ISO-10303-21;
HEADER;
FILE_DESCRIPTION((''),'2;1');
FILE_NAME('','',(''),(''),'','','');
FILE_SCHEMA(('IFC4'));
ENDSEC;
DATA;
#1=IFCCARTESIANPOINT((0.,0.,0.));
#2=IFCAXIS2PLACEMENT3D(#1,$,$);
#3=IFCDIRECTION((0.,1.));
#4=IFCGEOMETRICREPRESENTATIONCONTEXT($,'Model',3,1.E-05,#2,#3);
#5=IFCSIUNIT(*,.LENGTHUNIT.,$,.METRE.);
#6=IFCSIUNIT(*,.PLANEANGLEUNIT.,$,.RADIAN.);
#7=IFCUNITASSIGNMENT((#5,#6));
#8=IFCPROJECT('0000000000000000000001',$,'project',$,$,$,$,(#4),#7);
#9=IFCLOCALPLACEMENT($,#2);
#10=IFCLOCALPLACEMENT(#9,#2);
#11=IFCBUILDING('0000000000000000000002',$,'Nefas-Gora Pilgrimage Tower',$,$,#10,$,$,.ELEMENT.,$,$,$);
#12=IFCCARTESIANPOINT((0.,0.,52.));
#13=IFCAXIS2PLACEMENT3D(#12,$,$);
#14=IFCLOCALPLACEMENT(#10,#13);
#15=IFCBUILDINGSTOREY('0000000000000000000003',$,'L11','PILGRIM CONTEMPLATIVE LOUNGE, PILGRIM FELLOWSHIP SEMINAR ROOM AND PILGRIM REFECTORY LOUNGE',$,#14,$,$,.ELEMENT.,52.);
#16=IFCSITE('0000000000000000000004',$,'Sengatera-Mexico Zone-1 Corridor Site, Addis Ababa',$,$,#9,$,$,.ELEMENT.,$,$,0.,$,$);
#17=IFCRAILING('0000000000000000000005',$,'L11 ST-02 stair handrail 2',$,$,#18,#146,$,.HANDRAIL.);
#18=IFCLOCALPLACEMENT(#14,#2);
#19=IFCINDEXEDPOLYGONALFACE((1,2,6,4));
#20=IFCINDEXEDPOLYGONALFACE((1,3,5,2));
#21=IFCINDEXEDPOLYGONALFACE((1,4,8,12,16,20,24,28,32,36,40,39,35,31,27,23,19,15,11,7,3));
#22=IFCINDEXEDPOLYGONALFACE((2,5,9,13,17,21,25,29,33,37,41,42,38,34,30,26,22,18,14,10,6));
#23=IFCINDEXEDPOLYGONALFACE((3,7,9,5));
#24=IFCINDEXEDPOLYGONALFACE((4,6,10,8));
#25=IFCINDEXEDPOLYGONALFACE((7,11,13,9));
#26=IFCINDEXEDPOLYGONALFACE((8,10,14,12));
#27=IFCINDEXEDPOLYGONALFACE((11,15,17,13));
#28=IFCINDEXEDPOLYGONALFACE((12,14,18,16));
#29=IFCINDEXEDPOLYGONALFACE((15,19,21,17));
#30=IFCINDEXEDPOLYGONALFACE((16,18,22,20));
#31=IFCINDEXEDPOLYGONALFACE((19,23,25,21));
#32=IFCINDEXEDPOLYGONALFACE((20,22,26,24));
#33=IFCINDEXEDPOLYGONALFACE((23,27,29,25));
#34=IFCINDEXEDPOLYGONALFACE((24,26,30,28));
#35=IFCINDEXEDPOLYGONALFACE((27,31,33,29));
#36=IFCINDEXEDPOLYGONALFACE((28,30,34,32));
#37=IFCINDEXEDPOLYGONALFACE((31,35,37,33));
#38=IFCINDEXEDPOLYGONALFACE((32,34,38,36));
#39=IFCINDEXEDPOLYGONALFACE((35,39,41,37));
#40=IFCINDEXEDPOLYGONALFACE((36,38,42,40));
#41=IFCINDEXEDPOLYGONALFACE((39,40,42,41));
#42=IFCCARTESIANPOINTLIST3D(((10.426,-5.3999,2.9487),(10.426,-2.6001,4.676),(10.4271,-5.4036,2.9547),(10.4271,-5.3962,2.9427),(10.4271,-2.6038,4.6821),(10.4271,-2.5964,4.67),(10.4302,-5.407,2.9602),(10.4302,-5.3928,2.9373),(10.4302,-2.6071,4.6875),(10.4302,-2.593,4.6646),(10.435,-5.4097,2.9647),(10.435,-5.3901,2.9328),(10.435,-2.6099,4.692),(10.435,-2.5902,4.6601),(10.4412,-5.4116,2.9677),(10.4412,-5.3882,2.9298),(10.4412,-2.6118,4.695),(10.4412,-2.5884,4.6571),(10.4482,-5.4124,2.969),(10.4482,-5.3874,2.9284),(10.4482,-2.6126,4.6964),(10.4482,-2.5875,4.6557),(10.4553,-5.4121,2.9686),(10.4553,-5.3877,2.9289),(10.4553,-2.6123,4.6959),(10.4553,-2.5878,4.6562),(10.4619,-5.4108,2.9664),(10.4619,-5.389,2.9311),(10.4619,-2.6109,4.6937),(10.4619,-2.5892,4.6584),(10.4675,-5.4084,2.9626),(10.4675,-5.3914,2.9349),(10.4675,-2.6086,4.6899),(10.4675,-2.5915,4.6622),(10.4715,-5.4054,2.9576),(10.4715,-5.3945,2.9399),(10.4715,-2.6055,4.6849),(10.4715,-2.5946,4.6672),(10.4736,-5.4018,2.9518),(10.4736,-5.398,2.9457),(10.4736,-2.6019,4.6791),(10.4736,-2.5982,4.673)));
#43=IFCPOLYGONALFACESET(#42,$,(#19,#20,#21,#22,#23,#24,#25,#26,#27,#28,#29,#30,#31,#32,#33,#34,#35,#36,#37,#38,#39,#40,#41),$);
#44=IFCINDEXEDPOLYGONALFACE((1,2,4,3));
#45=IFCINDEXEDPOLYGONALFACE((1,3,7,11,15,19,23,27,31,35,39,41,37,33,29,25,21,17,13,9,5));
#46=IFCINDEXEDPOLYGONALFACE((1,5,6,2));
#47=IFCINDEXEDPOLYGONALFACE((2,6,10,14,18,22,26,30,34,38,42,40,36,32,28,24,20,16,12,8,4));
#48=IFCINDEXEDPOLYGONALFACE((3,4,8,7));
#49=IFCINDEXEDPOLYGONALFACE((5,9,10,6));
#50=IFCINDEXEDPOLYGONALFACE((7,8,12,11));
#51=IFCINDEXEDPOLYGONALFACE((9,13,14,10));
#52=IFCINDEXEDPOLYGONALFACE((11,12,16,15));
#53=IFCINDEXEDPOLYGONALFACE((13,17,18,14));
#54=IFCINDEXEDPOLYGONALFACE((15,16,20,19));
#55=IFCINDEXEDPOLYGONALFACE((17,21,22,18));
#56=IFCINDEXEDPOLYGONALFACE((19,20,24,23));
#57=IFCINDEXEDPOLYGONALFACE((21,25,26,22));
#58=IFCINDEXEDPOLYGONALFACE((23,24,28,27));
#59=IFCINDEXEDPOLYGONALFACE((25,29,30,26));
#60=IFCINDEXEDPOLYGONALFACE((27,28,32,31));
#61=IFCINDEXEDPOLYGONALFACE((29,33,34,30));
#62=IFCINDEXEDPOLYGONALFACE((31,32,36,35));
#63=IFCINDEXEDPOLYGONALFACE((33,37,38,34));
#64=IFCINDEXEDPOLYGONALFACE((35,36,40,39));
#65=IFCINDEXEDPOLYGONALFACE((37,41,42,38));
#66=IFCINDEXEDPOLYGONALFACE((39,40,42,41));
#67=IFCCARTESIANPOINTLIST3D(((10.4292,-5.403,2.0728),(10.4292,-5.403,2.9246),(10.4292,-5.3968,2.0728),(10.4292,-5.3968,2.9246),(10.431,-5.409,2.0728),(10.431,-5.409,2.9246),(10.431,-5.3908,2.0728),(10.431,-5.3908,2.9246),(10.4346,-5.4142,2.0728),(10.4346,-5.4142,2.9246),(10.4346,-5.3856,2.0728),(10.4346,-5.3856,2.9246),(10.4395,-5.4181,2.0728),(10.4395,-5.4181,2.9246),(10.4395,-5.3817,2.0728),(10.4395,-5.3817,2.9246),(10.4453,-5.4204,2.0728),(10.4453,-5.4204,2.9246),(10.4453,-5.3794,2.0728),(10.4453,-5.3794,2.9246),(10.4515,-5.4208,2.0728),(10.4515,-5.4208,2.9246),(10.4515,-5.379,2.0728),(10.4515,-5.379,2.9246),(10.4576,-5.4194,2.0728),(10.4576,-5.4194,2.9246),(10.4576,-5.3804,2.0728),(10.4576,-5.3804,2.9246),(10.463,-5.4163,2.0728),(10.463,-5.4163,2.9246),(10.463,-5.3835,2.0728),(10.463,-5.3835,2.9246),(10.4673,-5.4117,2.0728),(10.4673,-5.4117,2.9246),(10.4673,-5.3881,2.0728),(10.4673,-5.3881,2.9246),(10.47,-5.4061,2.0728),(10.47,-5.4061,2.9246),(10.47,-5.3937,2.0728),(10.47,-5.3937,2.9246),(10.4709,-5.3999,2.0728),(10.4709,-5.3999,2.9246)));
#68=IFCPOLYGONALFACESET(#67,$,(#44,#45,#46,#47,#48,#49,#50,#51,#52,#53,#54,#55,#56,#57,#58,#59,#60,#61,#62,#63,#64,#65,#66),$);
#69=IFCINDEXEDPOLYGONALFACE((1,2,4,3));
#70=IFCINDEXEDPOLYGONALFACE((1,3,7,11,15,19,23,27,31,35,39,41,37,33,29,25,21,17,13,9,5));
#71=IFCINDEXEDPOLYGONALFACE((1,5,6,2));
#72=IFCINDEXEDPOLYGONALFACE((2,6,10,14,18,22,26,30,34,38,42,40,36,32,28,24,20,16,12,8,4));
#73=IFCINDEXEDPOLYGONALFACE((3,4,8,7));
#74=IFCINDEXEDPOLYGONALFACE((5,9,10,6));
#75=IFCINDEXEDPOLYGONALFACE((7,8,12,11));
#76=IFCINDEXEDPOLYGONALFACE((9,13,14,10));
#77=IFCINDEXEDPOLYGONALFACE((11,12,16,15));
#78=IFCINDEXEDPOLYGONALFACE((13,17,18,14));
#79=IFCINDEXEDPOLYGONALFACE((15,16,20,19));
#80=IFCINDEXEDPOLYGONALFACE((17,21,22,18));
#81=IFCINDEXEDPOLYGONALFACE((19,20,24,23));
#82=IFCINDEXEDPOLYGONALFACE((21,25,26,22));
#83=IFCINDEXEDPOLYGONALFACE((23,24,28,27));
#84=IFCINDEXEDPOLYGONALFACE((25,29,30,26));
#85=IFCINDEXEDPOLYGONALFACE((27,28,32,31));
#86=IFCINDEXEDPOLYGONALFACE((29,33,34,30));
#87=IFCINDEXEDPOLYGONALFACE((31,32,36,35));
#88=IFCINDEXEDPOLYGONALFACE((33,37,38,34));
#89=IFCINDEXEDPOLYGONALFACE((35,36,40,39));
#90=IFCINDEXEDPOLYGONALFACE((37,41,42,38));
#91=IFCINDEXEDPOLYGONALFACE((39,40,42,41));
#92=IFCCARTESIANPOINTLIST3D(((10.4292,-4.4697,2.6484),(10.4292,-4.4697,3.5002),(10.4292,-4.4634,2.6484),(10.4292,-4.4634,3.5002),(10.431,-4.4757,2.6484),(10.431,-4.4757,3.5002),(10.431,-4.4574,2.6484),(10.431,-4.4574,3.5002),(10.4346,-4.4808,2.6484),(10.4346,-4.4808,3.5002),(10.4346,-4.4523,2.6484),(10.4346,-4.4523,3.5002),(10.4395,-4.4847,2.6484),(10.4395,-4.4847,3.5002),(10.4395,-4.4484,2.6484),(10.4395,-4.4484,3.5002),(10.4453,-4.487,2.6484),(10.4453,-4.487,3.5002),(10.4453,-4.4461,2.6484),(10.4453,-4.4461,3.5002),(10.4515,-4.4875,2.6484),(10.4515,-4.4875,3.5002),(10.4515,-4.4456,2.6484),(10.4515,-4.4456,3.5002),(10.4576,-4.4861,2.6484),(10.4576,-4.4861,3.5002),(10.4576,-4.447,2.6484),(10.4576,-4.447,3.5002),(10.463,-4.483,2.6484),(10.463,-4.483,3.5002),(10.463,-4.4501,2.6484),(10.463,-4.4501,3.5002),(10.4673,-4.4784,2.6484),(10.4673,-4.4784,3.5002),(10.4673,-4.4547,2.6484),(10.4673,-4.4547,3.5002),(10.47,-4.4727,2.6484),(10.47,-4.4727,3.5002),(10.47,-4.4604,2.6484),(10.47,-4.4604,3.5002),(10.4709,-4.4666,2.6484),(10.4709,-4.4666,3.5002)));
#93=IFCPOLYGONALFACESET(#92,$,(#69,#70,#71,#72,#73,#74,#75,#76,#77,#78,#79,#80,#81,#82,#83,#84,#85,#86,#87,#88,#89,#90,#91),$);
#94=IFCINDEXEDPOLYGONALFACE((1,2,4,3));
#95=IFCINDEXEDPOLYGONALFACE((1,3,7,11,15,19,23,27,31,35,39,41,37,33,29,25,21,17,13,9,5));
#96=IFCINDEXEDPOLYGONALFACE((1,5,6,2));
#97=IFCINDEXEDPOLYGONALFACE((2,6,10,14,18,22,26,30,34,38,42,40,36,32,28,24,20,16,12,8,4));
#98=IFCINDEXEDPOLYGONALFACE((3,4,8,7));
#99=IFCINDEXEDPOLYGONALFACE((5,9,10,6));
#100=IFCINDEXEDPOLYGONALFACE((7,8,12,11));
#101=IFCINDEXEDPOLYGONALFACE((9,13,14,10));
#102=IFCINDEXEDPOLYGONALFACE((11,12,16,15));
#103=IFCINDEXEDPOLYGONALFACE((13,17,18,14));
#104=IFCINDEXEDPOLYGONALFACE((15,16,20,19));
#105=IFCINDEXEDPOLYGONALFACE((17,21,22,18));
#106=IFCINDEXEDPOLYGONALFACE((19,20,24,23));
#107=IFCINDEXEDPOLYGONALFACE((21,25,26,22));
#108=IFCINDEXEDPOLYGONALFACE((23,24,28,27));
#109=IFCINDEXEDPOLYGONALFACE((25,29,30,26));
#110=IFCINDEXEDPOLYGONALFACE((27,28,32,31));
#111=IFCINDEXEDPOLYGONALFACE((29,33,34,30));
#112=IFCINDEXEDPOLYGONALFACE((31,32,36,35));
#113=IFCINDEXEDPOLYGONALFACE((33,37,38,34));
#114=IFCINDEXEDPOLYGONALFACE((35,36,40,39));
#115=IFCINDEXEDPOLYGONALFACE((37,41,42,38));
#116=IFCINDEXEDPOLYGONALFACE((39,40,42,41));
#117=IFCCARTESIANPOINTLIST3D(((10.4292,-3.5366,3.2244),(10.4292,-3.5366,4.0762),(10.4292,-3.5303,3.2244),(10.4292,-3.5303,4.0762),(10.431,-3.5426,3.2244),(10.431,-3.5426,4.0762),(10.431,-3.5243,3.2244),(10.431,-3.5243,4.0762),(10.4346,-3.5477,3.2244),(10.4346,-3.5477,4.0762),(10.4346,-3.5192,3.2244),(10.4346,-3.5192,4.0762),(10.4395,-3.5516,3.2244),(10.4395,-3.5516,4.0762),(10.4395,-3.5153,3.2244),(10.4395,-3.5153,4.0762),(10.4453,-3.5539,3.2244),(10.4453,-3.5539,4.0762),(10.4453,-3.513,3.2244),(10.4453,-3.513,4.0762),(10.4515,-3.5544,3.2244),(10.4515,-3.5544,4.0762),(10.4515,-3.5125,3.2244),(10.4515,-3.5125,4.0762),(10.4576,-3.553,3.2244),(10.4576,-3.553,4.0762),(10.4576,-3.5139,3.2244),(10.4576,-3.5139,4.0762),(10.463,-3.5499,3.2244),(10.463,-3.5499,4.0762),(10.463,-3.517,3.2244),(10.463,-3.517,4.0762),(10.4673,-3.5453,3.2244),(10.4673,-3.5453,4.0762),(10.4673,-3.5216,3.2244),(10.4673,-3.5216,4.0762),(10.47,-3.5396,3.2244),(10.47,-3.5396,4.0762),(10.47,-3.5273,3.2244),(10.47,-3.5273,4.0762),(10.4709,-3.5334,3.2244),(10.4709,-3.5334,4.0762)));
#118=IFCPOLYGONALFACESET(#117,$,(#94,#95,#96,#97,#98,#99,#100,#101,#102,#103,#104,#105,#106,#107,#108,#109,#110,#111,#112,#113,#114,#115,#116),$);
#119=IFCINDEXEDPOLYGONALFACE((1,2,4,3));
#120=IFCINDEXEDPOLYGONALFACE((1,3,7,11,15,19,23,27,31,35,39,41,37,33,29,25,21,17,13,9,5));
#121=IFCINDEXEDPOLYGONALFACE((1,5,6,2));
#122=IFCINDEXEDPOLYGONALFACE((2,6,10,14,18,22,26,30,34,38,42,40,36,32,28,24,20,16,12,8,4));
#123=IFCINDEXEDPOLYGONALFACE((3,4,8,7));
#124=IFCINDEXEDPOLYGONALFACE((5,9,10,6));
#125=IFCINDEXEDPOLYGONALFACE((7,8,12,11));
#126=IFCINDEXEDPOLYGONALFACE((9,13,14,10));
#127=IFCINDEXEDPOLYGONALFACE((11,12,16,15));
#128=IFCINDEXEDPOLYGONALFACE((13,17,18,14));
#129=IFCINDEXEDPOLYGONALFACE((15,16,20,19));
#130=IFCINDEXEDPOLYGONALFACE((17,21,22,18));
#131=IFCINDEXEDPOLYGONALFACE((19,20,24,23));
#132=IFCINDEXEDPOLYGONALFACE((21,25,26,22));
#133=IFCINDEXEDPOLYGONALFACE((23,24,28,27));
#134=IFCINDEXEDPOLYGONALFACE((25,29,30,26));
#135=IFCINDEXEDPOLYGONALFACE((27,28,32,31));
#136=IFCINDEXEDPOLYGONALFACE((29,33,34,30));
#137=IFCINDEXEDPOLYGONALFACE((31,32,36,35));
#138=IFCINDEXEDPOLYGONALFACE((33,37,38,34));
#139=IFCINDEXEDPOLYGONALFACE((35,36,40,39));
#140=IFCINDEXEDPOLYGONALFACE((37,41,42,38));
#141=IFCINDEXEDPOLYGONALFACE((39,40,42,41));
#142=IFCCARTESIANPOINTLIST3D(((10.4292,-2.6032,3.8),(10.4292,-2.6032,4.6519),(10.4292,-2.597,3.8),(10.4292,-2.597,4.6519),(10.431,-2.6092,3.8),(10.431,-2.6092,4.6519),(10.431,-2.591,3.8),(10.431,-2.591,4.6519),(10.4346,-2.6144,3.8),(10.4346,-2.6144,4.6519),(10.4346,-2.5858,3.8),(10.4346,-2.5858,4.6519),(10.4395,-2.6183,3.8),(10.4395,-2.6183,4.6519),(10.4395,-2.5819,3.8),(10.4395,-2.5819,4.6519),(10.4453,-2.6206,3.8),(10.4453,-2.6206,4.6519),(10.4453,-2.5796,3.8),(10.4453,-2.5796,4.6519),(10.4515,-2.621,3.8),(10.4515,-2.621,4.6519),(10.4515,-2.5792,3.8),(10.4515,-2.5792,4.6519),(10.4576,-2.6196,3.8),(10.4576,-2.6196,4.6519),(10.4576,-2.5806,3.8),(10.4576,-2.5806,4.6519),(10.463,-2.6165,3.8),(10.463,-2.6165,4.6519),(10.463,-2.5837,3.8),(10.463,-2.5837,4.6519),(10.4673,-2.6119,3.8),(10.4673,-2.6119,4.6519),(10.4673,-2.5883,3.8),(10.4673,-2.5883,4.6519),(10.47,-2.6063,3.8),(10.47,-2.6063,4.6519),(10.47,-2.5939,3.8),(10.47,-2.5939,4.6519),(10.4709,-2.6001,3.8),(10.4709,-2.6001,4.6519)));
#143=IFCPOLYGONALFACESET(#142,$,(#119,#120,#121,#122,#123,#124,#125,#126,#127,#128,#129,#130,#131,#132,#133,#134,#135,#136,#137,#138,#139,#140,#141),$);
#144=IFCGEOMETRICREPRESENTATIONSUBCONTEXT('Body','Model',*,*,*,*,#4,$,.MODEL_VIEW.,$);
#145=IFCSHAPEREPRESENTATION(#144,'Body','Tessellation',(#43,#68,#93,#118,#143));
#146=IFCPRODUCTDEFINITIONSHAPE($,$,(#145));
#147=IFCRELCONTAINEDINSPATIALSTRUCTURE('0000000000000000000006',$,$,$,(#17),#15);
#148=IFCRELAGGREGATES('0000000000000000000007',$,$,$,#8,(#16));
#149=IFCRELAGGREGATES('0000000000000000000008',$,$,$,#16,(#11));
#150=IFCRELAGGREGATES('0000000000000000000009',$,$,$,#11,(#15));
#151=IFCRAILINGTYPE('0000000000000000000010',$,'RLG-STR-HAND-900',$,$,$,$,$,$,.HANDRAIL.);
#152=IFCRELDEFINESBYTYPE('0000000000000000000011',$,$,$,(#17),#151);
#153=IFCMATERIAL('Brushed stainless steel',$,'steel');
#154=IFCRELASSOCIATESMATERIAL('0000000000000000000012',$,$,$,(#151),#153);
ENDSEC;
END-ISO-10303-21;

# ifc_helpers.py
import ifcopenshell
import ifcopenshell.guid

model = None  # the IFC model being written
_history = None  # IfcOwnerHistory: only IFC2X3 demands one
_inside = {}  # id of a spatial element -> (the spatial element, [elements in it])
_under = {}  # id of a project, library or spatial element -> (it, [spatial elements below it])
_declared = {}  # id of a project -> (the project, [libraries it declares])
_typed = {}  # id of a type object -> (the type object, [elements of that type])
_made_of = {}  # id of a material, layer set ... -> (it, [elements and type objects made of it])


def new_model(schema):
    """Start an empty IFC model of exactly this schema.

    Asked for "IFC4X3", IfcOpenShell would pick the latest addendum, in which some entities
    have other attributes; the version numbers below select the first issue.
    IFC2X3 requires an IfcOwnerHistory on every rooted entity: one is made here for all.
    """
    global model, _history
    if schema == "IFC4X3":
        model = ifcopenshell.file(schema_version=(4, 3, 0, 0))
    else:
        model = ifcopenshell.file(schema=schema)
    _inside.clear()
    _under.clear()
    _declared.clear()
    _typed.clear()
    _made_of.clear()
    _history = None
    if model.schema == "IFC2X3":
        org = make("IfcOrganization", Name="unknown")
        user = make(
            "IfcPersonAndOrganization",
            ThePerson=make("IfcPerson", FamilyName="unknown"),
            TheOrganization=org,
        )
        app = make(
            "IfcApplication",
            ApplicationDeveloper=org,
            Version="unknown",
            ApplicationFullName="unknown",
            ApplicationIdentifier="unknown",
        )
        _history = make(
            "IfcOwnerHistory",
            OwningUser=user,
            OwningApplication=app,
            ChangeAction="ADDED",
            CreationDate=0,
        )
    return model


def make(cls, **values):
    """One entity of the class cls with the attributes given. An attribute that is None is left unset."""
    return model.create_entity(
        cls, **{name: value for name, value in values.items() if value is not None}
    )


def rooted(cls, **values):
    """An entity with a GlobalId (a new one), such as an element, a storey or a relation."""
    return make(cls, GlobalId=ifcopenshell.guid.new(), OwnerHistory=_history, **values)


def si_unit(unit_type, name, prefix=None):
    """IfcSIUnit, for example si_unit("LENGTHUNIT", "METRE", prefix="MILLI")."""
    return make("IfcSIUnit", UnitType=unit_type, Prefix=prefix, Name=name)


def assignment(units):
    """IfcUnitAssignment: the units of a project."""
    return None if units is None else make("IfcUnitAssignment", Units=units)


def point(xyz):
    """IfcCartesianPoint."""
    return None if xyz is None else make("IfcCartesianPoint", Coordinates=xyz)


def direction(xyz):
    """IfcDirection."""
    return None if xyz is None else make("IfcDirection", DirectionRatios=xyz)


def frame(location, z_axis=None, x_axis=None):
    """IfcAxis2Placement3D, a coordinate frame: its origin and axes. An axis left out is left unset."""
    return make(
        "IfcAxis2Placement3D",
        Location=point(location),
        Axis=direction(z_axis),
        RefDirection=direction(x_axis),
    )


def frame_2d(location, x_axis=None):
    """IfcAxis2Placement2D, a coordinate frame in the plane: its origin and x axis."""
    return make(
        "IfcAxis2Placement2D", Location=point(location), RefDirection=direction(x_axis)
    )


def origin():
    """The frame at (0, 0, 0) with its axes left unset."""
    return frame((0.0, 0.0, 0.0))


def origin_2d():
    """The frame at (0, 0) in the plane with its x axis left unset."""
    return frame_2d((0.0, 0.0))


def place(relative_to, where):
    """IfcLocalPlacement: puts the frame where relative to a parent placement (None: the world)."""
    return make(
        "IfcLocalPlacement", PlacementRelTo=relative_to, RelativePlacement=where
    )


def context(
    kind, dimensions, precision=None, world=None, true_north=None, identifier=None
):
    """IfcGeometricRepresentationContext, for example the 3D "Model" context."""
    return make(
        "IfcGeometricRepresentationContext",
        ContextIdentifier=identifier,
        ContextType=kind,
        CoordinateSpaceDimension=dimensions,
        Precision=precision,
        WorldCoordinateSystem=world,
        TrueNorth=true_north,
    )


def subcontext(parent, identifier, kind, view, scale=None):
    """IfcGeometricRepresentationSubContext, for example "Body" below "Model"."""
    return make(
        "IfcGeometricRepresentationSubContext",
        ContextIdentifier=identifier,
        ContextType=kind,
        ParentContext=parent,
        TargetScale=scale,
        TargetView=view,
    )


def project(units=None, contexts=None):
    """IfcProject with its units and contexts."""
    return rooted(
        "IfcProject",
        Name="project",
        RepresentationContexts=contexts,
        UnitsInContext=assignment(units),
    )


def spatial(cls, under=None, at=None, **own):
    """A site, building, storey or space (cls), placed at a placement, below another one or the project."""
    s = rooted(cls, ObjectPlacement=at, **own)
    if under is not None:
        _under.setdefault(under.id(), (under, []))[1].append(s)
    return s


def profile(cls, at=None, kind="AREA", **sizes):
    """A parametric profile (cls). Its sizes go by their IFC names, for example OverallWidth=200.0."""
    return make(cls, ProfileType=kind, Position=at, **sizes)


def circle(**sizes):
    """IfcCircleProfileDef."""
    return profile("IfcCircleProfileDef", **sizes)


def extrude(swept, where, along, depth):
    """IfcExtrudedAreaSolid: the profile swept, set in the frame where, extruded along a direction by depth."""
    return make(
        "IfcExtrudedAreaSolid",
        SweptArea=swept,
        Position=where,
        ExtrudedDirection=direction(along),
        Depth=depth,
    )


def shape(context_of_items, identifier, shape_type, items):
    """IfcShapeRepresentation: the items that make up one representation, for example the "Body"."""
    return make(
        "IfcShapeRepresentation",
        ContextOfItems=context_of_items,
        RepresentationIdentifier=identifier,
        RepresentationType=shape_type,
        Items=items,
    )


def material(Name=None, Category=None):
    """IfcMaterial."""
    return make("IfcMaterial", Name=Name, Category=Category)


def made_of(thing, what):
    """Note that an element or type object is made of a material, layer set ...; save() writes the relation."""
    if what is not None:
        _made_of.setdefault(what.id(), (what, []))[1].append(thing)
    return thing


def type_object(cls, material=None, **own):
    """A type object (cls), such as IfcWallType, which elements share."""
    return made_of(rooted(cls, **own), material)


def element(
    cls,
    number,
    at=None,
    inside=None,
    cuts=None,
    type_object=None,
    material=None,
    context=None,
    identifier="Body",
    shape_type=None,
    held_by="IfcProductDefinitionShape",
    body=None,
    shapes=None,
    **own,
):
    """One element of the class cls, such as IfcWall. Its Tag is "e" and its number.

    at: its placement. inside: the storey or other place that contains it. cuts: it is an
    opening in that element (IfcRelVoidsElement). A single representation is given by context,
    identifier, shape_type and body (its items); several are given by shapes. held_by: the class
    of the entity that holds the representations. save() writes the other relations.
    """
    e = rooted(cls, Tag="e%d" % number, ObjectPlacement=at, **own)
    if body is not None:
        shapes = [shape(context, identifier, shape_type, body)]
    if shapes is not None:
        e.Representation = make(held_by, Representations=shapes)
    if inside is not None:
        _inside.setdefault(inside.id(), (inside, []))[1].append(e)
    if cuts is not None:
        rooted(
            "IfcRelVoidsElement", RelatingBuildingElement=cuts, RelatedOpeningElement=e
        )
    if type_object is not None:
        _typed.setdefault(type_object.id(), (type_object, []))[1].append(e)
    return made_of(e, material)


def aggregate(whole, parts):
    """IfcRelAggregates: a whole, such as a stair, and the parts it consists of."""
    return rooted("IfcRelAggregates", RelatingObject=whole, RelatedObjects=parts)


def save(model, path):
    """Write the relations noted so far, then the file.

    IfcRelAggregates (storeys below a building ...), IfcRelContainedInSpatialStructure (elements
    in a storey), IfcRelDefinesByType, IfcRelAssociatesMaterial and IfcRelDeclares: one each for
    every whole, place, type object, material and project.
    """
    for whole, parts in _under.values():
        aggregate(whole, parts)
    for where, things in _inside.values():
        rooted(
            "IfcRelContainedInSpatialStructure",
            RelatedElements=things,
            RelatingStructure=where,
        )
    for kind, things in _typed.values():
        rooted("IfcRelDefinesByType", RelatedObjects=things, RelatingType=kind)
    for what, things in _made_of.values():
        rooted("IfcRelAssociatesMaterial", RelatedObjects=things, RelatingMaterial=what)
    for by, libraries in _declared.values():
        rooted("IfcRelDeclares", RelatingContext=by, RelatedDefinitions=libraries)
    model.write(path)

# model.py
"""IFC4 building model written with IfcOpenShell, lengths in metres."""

from ifc_helpers import new_model, si_unit, direction, frame, origin, origin_2d, place, context, subcontext, project, spatial, circle, extrude, material, type_object, element, save


model = new_model("IFC4")

# Units and contexts
model_context = context("Model", 3, precision=1e-05, world=origin(), true_north=direction((0.0, 1.0)))
body_context = subcontext(model_context, "Body", "Model", "MODEL_VIEW")
ifc_project = project(units=[si_unit("LENGTHUNIT", "METRE"), si_unit("PLANEANGLEUNIT", "RADIAN")], contexts=[model_context])

# Site, building, storey
site_placement = place(None, origin())
site = spatial("IfcSite", under=ifc_project, at=site_placement, Name="Sengatera-Mexico Zone-1 Corridor Site, Addis Ababa", CompositionType="ELEMENT", RefElevation=0.0)
building_placement = place(site_placement, origin())
building = spatial("IfcBuilding", under=site, at=building_placement, Name="Nefas-Gora Pilgrimage Tower", CompositionType="ELEMENT")
storey_placement = place(building_placement, frame((0.0, 0.0, 52.0)))
storey = spatial("IfcBuildingStorey", under=building, at=storey_placement, Name="L11", Description="PILGRIM CONTEMPLATIVE LOUNGE, PILGRIM FELLOWSHIP SEMINAR ROOM AND PILGRIM REFECTORY LOUNGE", CompositionType="ELEMENT", Elevation=52.0)

# Railing
ifc_material_1 = material(Name="Brushed stainless steel", Category="steel")
railing_type_1 = type_object("IfcRailingType", Name="RLG-STR-HAND-900", PredefinedType="HANDRAIL", material=ifc_material_1)
railing_1_placement = place(storey_placement, frame((10.45, -5.3999, 2.0728)))
element("IfcRailing", 1, at=railing_1_placement, inside=storey, type_object=railing_type_1, Name="L11 ST-02 stair handrail 2", PredefinedType="HANDRAIL", context=body_context, shape_type="SweptSolid", body=[
    extrude(circle(Radius=0.0239, at=origin_2d()), frame((0.0, 0.0, 0.876), z_axis=(0.0, 0.851069, 0.525054), x_axis=(-1.0, 0.0, 0.0)), (0.0, 0.0, 1.0), 3.2898),
    extrude(circle(Radius=0.021, at=origin_2d()), origin(), (0.0, 0.0, 1.0), 0.8518),
    extrude(circle(Radius=0.021, at=origin_2d()), frame((0.0, 0.9333, 0.5757)), (0.0, 0.0, 1.0), 0.8518),
    extrude(circle(Radius=0.021, at=origin_2d()), frame((0.0, 1.8665, 1.1516)), (0.0, 0.0, 1.0), 0.8518),
    extrude(circle(Radius=0.021, at=origin_2d()), frame((0.0, 2.7998, 1.7273)), (0.0, 0.0, 1.0), 0.8518),
])

save(model, "model.ifc")
